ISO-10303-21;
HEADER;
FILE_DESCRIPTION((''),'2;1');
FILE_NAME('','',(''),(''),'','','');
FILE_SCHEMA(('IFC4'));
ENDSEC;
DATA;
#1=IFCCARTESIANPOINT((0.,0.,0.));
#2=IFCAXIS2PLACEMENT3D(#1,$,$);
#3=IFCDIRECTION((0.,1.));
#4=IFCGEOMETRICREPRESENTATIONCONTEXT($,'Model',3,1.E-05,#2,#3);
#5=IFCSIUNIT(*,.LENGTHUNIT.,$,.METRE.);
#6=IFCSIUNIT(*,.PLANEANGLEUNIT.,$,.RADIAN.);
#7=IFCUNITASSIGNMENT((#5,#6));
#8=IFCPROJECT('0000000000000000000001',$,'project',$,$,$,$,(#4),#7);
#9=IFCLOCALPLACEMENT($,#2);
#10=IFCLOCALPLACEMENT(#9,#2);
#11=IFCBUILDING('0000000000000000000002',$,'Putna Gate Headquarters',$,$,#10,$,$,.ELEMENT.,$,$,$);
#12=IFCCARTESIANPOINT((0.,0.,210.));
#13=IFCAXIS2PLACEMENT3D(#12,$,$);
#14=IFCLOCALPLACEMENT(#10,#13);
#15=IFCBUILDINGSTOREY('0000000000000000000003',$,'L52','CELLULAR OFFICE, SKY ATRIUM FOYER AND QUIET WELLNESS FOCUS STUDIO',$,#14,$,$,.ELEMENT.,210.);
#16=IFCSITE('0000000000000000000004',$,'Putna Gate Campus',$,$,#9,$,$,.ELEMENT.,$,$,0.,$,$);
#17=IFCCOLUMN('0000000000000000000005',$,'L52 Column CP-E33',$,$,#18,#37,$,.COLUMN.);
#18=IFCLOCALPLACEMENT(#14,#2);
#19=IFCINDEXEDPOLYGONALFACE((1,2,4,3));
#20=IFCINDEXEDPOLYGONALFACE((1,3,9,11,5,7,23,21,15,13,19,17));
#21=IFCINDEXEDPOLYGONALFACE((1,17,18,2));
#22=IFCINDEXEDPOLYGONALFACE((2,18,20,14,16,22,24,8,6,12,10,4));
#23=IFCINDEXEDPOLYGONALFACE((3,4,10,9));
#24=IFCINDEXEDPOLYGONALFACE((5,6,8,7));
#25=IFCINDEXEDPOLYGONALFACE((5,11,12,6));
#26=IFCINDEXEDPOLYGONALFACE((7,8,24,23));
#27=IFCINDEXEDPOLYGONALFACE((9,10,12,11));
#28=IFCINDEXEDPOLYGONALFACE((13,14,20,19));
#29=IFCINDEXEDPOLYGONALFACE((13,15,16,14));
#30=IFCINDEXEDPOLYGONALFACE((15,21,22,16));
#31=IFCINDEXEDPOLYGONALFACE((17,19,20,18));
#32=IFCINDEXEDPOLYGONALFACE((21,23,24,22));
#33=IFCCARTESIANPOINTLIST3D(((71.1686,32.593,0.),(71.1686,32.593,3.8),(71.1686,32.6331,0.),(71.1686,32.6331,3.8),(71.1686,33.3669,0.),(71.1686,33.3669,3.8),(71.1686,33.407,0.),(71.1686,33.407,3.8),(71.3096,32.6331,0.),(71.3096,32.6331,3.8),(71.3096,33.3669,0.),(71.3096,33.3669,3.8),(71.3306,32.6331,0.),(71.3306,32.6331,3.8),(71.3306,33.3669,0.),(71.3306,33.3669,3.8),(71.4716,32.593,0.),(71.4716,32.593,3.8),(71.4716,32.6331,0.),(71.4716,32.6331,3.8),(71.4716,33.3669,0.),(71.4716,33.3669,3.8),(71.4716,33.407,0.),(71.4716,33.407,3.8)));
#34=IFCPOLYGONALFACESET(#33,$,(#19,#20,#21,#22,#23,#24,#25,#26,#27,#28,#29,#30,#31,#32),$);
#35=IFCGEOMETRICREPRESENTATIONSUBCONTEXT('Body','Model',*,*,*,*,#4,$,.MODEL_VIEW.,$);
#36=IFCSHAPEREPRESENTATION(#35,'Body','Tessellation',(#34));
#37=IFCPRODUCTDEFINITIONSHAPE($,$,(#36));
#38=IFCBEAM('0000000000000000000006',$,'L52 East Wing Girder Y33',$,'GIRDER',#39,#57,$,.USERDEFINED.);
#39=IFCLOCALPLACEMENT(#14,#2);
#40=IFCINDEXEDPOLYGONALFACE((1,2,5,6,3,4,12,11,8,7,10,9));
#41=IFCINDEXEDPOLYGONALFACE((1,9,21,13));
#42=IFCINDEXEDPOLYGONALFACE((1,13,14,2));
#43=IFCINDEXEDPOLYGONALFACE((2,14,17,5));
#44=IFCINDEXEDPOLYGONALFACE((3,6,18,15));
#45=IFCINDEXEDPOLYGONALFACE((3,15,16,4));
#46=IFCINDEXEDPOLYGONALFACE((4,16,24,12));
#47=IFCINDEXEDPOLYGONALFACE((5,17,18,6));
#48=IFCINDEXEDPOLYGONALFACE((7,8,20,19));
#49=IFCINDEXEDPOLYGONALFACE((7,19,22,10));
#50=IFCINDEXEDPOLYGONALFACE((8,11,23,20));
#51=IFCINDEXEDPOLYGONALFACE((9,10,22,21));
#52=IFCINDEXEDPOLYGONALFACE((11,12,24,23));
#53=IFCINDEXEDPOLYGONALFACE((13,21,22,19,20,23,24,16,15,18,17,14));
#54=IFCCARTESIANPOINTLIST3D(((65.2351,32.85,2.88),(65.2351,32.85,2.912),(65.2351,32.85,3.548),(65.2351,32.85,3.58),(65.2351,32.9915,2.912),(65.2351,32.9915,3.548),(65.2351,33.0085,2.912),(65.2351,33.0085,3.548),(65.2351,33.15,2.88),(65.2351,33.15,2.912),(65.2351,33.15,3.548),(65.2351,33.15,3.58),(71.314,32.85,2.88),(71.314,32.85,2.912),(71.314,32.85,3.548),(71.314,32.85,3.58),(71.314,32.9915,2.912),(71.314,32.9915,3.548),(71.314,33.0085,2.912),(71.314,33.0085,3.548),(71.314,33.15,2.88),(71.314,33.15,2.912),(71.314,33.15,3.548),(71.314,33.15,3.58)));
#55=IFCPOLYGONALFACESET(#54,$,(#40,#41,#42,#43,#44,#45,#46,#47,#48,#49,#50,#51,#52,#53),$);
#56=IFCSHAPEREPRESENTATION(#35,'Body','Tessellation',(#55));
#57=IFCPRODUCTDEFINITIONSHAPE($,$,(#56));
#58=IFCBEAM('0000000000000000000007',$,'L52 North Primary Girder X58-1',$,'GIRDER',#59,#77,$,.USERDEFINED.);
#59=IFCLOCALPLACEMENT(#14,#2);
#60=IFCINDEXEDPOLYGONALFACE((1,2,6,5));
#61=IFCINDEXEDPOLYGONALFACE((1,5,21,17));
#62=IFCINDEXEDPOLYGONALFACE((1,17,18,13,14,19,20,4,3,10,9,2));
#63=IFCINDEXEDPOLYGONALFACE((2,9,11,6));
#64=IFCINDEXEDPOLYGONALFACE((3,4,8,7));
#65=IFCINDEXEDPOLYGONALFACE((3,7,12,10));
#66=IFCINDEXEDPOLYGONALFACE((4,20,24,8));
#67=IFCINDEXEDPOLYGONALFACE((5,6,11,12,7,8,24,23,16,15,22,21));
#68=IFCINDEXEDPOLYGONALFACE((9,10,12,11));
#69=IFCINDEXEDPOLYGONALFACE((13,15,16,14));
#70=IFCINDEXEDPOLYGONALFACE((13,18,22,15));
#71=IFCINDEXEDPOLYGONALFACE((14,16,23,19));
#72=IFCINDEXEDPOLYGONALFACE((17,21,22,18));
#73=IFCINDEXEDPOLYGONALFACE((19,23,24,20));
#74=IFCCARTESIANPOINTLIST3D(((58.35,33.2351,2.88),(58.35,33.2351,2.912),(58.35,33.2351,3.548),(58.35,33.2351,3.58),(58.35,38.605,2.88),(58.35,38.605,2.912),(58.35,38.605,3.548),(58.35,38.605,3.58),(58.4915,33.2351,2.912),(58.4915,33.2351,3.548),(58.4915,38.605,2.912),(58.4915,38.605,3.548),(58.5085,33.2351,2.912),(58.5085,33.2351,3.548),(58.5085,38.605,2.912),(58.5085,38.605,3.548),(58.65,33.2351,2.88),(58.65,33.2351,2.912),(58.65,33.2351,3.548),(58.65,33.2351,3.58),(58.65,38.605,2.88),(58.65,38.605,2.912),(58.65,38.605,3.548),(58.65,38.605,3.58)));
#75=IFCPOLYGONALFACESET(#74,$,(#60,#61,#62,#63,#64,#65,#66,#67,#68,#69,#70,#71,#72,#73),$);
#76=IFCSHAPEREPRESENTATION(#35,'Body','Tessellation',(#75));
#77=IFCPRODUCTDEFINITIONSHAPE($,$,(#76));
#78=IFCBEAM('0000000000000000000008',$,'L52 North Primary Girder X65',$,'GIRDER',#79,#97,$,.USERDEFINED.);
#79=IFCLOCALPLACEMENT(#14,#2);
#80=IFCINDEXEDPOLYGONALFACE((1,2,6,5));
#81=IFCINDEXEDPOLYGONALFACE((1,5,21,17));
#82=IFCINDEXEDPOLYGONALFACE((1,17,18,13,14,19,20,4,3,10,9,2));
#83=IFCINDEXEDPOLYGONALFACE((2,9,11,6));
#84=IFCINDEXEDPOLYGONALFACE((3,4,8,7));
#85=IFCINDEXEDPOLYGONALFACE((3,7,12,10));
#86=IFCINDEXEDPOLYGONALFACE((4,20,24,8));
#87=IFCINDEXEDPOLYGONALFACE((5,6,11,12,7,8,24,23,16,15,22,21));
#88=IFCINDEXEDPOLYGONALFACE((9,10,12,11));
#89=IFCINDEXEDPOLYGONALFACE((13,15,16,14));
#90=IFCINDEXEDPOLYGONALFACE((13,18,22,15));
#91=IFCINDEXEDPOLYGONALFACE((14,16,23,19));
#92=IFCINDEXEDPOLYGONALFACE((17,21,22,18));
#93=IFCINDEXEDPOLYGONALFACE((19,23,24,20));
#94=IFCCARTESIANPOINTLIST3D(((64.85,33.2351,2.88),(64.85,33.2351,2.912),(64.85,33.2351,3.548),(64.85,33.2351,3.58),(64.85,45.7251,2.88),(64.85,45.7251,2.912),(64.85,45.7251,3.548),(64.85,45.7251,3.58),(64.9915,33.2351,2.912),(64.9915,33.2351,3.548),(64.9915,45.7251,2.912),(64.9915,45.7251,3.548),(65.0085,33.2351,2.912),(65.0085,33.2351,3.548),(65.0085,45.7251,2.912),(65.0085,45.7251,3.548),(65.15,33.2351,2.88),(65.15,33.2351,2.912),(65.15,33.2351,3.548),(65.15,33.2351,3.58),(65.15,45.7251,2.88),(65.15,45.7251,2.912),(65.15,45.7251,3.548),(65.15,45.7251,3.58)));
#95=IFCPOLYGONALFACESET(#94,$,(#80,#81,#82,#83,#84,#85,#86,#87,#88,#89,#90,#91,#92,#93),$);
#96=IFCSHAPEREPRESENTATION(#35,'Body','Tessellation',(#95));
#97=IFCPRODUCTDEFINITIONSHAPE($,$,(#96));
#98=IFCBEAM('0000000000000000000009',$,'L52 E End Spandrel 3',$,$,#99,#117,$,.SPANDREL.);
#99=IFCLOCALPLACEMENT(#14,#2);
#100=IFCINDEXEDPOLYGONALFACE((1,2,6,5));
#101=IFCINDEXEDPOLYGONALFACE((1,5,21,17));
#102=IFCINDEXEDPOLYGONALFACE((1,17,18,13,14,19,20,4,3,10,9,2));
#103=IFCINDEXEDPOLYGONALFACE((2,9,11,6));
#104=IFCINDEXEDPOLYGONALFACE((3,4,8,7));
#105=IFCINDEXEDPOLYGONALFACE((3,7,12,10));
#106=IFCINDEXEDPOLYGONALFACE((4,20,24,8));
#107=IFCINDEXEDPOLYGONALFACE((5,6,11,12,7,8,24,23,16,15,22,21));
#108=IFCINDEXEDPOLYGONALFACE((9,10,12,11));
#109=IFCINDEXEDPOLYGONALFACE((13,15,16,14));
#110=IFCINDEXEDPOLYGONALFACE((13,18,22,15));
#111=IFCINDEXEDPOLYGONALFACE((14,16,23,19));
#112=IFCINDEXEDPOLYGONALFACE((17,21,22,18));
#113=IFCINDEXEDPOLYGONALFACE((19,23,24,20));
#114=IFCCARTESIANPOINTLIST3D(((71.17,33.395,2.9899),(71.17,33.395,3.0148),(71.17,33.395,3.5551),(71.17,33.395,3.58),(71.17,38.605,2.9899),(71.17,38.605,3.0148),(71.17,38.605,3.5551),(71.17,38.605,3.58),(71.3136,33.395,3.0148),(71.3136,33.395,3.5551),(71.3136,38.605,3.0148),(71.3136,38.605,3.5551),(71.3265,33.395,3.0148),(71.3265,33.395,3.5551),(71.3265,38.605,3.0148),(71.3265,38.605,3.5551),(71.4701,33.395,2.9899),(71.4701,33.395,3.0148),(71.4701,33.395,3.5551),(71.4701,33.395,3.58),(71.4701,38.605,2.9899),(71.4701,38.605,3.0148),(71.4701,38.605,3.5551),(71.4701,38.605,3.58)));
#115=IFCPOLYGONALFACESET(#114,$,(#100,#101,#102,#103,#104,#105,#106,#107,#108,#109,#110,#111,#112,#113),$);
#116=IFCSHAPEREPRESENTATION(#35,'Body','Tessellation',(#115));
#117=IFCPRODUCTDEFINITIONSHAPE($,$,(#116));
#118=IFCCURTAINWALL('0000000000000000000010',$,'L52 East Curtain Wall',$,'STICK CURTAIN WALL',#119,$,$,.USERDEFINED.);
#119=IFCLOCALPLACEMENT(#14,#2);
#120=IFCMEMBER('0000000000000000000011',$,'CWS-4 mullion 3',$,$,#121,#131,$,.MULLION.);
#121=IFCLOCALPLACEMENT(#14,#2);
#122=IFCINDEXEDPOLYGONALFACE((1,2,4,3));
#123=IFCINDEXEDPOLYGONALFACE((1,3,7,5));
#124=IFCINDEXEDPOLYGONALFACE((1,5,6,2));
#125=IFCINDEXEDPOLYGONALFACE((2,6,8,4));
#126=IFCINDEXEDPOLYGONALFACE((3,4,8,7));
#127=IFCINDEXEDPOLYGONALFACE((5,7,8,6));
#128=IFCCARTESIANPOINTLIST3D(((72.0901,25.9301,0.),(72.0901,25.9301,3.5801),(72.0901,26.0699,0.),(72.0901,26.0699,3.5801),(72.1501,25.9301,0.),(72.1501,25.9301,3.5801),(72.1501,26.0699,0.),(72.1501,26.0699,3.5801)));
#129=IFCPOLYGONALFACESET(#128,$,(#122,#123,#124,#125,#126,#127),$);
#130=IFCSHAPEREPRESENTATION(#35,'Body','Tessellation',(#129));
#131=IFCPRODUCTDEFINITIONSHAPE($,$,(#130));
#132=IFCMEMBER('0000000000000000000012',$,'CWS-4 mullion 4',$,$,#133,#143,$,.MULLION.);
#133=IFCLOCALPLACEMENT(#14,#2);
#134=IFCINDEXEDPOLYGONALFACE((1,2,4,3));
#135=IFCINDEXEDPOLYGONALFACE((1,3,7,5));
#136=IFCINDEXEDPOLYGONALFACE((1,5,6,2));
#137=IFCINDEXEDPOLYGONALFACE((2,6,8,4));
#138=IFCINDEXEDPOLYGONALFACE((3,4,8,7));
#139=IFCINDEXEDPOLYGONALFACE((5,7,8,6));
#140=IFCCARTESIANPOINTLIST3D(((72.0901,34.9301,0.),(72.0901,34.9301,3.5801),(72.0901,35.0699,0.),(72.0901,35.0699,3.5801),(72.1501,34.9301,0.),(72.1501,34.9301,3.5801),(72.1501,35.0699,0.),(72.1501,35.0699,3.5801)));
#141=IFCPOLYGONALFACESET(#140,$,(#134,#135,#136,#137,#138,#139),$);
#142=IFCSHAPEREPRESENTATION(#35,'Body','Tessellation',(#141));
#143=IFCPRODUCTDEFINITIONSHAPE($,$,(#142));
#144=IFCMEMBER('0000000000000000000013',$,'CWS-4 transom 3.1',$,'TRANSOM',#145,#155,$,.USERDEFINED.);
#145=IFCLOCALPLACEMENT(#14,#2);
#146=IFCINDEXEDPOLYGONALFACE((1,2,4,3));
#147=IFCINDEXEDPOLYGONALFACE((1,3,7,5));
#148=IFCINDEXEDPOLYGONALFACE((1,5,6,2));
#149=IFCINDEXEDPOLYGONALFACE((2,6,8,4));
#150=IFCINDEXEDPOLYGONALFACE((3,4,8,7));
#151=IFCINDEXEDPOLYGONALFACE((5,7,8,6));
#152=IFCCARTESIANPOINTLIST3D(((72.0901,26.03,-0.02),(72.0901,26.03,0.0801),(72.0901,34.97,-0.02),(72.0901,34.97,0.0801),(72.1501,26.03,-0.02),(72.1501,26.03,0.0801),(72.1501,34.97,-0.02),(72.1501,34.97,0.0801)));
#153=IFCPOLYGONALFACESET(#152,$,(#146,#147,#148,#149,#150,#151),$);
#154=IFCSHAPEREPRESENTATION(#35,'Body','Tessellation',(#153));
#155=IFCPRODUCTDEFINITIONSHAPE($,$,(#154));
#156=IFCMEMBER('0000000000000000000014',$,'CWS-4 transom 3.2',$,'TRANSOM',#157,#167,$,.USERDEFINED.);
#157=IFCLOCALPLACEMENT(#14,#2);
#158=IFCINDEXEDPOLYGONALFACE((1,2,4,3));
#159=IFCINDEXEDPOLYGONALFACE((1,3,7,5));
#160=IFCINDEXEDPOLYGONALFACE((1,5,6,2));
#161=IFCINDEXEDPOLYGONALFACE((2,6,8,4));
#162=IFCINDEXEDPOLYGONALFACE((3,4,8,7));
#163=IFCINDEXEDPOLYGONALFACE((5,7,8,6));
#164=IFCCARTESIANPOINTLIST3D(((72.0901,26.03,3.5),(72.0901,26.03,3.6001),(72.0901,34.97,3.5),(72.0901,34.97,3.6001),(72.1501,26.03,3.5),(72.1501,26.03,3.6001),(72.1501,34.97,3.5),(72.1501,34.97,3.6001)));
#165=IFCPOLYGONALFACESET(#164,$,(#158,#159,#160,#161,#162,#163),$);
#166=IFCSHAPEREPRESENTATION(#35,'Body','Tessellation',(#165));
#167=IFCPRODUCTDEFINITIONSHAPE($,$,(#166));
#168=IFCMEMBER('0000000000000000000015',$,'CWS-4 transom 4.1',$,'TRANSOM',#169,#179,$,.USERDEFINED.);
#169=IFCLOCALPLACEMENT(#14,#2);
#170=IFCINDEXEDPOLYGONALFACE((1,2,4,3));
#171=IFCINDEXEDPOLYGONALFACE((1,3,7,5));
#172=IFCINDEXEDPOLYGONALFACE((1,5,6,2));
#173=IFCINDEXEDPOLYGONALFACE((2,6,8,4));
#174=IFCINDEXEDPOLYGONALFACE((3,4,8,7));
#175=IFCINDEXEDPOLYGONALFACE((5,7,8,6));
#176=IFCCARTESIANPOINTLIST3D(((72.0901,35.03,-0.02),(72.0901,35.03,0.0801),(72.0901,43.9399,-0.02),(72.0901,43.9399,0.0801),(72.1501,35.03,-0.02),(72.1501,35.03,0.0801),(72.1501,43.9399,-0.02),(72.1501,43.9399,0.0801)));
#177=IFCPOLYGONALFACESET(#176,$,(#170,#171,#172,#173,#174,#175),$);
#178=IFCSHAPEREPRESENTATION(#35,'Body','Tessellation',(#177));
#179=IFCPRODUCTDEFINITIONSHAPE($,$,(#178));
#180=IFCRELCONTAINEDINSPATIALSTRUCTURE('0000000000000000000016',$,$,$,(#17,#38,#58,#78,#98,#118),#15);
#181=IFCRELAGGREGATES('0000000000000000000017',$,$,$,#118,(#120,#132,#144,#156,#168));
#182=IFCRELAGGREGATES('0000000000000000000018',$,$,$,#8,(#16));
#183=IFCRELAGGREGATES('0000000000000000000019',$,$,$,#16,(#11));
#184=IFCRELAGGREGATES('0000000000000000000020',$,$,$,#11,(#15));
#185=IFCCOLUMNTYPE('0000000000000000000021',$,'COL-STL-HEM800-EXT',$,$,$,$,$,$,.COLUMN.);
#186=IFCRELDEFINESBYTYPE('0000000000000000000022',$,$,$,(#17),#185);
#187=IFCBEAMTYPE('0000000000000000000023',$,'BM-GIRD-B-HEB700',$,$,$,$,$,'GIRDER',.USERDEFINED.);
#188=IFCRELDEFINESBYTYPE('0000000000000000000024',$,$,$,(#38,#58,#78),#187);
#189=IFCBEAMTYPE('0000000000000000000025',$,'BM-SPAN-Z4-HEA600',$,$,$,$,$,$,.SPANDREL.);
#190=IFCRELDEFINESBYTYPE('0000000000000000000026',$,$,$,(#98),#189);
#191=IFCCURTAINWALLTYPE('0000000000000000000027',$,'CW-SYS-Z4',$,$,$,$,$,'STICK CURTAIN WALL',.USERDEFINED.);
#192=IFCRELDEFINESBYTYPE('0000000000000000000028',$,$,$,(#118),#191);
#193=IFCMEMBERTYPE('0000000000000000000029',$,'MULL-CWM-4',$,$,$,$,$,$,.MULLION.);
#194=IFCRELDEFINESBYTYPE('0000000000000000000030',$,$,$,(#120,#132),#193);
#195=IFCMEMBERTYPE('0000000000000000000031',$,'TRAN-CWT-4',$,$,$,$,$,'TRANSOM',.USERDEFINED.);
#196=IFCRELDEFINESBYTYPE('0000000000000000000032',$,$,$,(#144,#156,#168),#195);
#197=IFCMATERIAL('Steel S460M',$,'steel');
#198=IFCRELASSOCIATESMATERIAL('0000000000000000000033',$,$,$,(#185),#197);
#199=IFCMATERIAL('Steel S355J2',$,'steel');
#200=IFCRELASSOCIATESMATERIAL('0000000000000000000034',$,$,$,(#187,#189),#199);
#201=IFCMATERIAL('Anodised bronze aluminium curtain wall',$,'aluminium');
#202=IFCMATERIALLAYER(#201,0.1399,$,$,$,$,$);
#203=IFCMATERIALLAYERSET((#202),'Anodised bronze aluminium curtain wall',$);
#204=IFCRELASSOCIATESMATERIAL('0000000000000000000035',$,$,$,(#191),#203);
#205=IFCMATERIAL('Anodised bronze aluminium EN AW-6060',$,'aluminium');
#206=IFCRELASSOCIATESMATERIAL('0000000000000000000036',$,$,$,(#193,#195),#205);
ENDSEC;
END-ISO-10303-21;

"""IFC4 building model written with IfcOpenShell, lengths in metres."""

from ifc_helpers import new_model, si_unit, direction, frame, origin, origin_2d, place, context, subcontext, project, spatial, rectangle, i_section, extrude, material, layer, layer_set, material_profile, profile_set, type_object, element, aggregate, save


model = new_model("IFC4")

# Units and contexts
model_context = context("Model", 3, precision=1e-05, world=origin(), true_north=direction((0.0, 1.0)))
body_context = subcontext(model_context, "Body", "Model", "MODEL_VIEW")
ifc_project = project(units=[si_unit("LENGTHUNIT", "METRE"), si_unit("PLANEANGLEUNIT", "RADIAN")], contexts=[model_context])

# Site, building, storey
site_placement = place(None, origin())
site = spatial("IfcSite", under=ifc_project, at=site_placement, Name="Putna Gate Campus", CompositionType="ELEMENT", RefElevation=0.0)
building_placement = place(site_placement, origin())
building = spatial("IfcBuilding", under=site, at=building_placement, Name="Putna Gate Headquarters", CompositionType="ELEMENT")
storey_placement = place(building_placement, frame((0.0, 0.0, 210.0)))
storey = spatial("IfcBuildingStorey", under=building, at=storey_placement, Name="L52", Description="CELLULAR OFFICE, SKY ATRIUM FOYER AND QUIET WELLNESS FOCUS STUDIO", CompositionType="ELEMENT", Elevation=210.0)

# Column
ifc_material_1 = material(Name="Steel S460M", Category="steel")
ifc_material_profile_1 = material_profile(ifc_material_1, i_section(OverallWidth=0.303, OverallDepth=0.814, WebThickness=0.021, FlangeThickness=0.04, at=origin_2d()), Name="Steel S460M")
ifc_profile_set_1 = profile_set([ifc_material_profile_1], Name="Steel S460M")
column_type = type_object("IfcColumnType", Name="COL-STL-HEM800-EXT", PredefinedType="COLUMN", material=ifc_profile_set_1)
column_placement = place(storey_placement, frame((71.3201, 33.0, 0.0), z_axis=(0.0, 0.0, 1.0), x_axis=(1.0, 0.0, 0.0)))
element("IfcColumn", 1, at=column_placement, inside=storey, type_object=column_type, Name="L52 Column CP-E33", PredefinedType="COLUMN", context=body_context, shape_type="SweptSolid", body=[
    extrude(i_section(OverallWidth=0.303, OverallDepth=0.814, WebThickness=0.021, FlangeThickness=0.04, at=origin_2d()), origin(), (0.0, 0.0, 1.0), 3.8),
])

# Beams
ifc_material_2 = material(Name="Steel S355J2", Category="steel")
ifc_material_profile_2 = material_profile(ifc_material_2, i_section(OverallWidth=0.3, OverallDepth=0.7, WebThickness=0.0171, FlangeThickness=0.032, at=origin_2d()), Name="Steel S355J2")
ifc_profile_set_2 = profile_set([ifc_material_profile_2], Name="Steel S355J2")
beam_type_1 = type_object("IfcBeamType", Name="BM-GIRD-B-HEB700", ElementType="GIRDER", PredefinedType="USERDEFINED", material=ifc_profile_set_2)
beam_1_placement = place(storey_placement, frame((65.2351, 33.0, 3.23), z_axis=(1.0, 0.0, 0.0), x_axis=(0.0, 1.0, 0.0)))
element("IfcBeam", 2, at=beam_1_placement, inside=storey, type_object=beam_type_1, Name="L52 East Wing Girder Y33", ObjectType="GIRDER", PredefinedType="USERDEFINED", context=body_context, shape_type="SweptSolid", body=[
    extrude(i_section(OverallWidth=0.3, OverallDepth=0.7, WebThickness=0.0171, FlangeThickness=0.032, at=origin_2d()), origin(), (0.0, 0.0, 1.0), 6.0789),
])
beam_2_placement = place(storey_placement, frame((58.5, 33.2351, 3.23), z_axis=(0.0, 1.0, 0.0), x_axis=(-1.0, 0.0, 0.0)))
element("IfcBeam", 3, at=beam_2_placement, inside=storey, type_object=beam_type_1, Name="L52 North Primary Girder X58-1", ObjectType="GIRDER", PredefinedType="USERDEFINED", context=body_context, shape_type="SweptSolid", body=[
    extrude(i_section(OverallWidth=0.3, OverallDepth=0.7, WebThickness=0.0171, FlangeThickness=0.032, at=origin_2d()), origin(), (0.0, 0.0, 1.0), 5.3699),
])
beam_3_placement = place(storey_placement, frame((65.0, 33.2351, 3.23), z_axis=(0.0, 1.0, 0.0), x_axis=(-1.0, 0.0, 0.0)))
element("IfcBeam", 4, at=beam_3_placement, inside=storey, type_object=beam_type_1, Name="L52 North Primary Girder X65", ObjectType="GIRDER", PredefinedType="USERDEFINED", context=body_context, shape_type="SweptSolid", body=[
    extrude(i_section(OverallWidth=0.3, OverallDepth=0.7, WebThickness=0.0171, FlangeThickness=0.032, at=origin_2d()), origin(), (0.0, 0.0, 1.0), 12.49),
])
ifc_material_profile_3 = material_profile(ifc_material_2, i_section(OverallWidth=0.3, OverallDepth=0.5901, WebThickness=0.0129, FlangeThickness=0.0249, at=origin_2d()), Name="Steel S355J2")
ifc_profile_set_3 = profile_set([ifc_material_profile_3], Name="Steel S355J2")
beam_type_2 = type_object("IfcBeamType", Name="BM-SPAN-Z4-HEA600", PredefinedType="SPANDREL", material=ifc_profile_set_3)
beam_4_placement = place(storey_placement, frame((71.3201, 33.395, 3.2849), z_axis=(0.0, 1.0, 0.0), x_axis=(-1.0, 0.0, 0.0)))
element("IfcBeam", 5, at=beam_4_placement, inside=storey, type_object=beam_type_2, Name="L52 E End Spandrel 3", PredefinedType="SPANDREL", context=body_context, shape_type="SweptSolid", body=[
    extrude(i_section(OverallWidth=0.3, OverallDepth=0.5901, WebThickness=0.0129, FlangeThickness=0.0249, at=origin_2d()), origin(), (0.0, 0.0, 1.0), 5.21),
])

# Curtain wall, members
ifc_material_3 = material(Name="Anodised bronze aluminium curtain wall", Category="aluminium")
ifc_layer_1 = layer(ifc_material_3, 0.1399)
ifc_layer_set_1 = layer_set([ifc_layer_1], Name="Anodised bronze aluminium curtain wall")
curtain_wall_type = type_object("IfcCurtainWallType", Name="CW-SYS-Z4", ElementType="STICK CURTAIN WALL", PredefinedType="USERDEFINED", material=ifc_layer_set_1)
curtain_wall_placement = place(storey_placement, origin())
curtain_wall = element("IfcCurtainWall", 6, at=curtain_wall_placement, inside=storey, type_object=curtain_wall_type, Name="L52 East Curtain Wall", ObjectType="STICK CURTAIN WALL", PredefinedType="USERDEFINED")
ifc_material_4 = material(Name="Anodised bronze aluminium EN AW-6060", Category="aluminium")
ifc_material_profile_4 = material_profile(ifc_material_4, rectangle(XDim=0.0601, YDim=0.1399, at=origin_2d()), Name="Anodised bronze aluminium EN AW-6060")
ifc_profile_set_4 = profile_set([ifc_material_profile_4], Name="Anodised bronze aluminium EN AW-6060")
member_type_1 = type_object("IfcMemberType", Name="MULL-CWM-4", PredefinedType="MULLION", material=ifc_profile_set_4)
member_1_placement = place(storey_placement, frame((72.1201, 26.0, 0.0), z_axis=(0.0, 0.0, 1.0), x_axis=(-1.0, 0.0, 0.0)))
member_1 = element("IfcMember", 7, at=member_1_placement, type_object=member_type_1, Name="CWS-4 mullion 3", PredefinedType="MULLION", context=body_context, shape_type="SweptSolid", body=[
    extrude(rectangle(XDim=0.0601, YDim=0.1399, at=origin_2d()), origin(), (0.0, 0.0, 1.0), 3.5801),
])
member_2_placement = place(storey_placement, frame((72.1201, 35.0, 0.0), z_axis=(0.0, 0.0, 1.0), x_axis=(-1.0, 0.0, 0.0)))
member_2 = element("IfcMember", 8, at=member_2_placement, type_object=member_type_1, Name="CWS-4 mullion 4", PredefinedType="MULLION", context=body_context, shape_type="SweptSolid", body=[
    extrude(rectangle(XDim=0.0601, YDim=0.1399, at=origin_2d()), origin(), (0.0, 0.0, 1.0), 3.5801),
])
ifc_material_profile_5 = material_profile(ifc_material_4, rectangle(XDim=0.0601, YDim=0.1001, at=origin_2d()), Name="Anodised bronze aluminium EN AW-6060")
ifc_profile_set_5 = profile_set([ifc_material_profile_5], Name="Anodised bronze aluminium EN AW-6060")
member_type_2 = type_object("IfcMemberType", Name="TRAN-CWT-4", ElementType="TRANSOM", PredefinedType="USERDEFINED", material=ifc_profile_set_5)
member_3_placement = place(storey_placement, frame((72.1201, 26.03, 0.03), z_axis=(0.0, 1.0, 0.0), x_axis=(-1.0, 0.0, 0.0)))
member_3 = element("IfcMember", 9, at=member_3_placement, type_object=member_type_2, Name="CWS-4 transom 3.1", ObjectType="TRANSOM", PredefinedType="USERDEFINED", context=body_context, shape_type="SweptSolid", body=[
    extrude(rectangle(XDim=0.0601, YDim=0.1001, at=origin_2d()), origin(), (0.0, 0.0, 1.0), 8.9399),
])
member_4_placement = place(storey_placement, frame((72.1201, 26.03, 3.55), z_axis=(0.0, 1.0, 0.0), x_axis=(-1.0, 0.0, 0.0)))
member_4 = element("IfcMember", 10, at=member_4_placement, type_object=member_type_2, Name="CWS-4 transom 3.2", ObjectType="TRANSOM", PredefinedType="USERDEFINED", context=body_context, shape_type="SweptSolid", body=[
    extrude(rectangle(XDim=0.0601, YDim=0.1001, at=origin_2d()), origin(), (0.0, 0.0, 1.0), 8.9399),
])
member_5_placement = place(storey_placement, frame((72.1201, 35.03, 0.03), z_axis=(0.0, 1.0, 0.0), x_axis=(-1.0, 0.0, 0.0)))
member_5 = element("IfcMember", 11, at=member_5_placement, type_object=member_type_2, Name="CWS-4 transom 4.1", ObjectType="TRANSOM", PredefinedType="USERDEFINED", context=body_context, shape_type="SweptSolid", body=[
    extrude(rectangle(XDim=0.0601, YDim=0.1001, at=origin_2d()), origin(), (0.0, 0.0, 1.0), 8.9099),
])
aggregate(curtain_wall, [member_1, member_2, member_3, member_4, member_5])

save(model, "model.ifc")
